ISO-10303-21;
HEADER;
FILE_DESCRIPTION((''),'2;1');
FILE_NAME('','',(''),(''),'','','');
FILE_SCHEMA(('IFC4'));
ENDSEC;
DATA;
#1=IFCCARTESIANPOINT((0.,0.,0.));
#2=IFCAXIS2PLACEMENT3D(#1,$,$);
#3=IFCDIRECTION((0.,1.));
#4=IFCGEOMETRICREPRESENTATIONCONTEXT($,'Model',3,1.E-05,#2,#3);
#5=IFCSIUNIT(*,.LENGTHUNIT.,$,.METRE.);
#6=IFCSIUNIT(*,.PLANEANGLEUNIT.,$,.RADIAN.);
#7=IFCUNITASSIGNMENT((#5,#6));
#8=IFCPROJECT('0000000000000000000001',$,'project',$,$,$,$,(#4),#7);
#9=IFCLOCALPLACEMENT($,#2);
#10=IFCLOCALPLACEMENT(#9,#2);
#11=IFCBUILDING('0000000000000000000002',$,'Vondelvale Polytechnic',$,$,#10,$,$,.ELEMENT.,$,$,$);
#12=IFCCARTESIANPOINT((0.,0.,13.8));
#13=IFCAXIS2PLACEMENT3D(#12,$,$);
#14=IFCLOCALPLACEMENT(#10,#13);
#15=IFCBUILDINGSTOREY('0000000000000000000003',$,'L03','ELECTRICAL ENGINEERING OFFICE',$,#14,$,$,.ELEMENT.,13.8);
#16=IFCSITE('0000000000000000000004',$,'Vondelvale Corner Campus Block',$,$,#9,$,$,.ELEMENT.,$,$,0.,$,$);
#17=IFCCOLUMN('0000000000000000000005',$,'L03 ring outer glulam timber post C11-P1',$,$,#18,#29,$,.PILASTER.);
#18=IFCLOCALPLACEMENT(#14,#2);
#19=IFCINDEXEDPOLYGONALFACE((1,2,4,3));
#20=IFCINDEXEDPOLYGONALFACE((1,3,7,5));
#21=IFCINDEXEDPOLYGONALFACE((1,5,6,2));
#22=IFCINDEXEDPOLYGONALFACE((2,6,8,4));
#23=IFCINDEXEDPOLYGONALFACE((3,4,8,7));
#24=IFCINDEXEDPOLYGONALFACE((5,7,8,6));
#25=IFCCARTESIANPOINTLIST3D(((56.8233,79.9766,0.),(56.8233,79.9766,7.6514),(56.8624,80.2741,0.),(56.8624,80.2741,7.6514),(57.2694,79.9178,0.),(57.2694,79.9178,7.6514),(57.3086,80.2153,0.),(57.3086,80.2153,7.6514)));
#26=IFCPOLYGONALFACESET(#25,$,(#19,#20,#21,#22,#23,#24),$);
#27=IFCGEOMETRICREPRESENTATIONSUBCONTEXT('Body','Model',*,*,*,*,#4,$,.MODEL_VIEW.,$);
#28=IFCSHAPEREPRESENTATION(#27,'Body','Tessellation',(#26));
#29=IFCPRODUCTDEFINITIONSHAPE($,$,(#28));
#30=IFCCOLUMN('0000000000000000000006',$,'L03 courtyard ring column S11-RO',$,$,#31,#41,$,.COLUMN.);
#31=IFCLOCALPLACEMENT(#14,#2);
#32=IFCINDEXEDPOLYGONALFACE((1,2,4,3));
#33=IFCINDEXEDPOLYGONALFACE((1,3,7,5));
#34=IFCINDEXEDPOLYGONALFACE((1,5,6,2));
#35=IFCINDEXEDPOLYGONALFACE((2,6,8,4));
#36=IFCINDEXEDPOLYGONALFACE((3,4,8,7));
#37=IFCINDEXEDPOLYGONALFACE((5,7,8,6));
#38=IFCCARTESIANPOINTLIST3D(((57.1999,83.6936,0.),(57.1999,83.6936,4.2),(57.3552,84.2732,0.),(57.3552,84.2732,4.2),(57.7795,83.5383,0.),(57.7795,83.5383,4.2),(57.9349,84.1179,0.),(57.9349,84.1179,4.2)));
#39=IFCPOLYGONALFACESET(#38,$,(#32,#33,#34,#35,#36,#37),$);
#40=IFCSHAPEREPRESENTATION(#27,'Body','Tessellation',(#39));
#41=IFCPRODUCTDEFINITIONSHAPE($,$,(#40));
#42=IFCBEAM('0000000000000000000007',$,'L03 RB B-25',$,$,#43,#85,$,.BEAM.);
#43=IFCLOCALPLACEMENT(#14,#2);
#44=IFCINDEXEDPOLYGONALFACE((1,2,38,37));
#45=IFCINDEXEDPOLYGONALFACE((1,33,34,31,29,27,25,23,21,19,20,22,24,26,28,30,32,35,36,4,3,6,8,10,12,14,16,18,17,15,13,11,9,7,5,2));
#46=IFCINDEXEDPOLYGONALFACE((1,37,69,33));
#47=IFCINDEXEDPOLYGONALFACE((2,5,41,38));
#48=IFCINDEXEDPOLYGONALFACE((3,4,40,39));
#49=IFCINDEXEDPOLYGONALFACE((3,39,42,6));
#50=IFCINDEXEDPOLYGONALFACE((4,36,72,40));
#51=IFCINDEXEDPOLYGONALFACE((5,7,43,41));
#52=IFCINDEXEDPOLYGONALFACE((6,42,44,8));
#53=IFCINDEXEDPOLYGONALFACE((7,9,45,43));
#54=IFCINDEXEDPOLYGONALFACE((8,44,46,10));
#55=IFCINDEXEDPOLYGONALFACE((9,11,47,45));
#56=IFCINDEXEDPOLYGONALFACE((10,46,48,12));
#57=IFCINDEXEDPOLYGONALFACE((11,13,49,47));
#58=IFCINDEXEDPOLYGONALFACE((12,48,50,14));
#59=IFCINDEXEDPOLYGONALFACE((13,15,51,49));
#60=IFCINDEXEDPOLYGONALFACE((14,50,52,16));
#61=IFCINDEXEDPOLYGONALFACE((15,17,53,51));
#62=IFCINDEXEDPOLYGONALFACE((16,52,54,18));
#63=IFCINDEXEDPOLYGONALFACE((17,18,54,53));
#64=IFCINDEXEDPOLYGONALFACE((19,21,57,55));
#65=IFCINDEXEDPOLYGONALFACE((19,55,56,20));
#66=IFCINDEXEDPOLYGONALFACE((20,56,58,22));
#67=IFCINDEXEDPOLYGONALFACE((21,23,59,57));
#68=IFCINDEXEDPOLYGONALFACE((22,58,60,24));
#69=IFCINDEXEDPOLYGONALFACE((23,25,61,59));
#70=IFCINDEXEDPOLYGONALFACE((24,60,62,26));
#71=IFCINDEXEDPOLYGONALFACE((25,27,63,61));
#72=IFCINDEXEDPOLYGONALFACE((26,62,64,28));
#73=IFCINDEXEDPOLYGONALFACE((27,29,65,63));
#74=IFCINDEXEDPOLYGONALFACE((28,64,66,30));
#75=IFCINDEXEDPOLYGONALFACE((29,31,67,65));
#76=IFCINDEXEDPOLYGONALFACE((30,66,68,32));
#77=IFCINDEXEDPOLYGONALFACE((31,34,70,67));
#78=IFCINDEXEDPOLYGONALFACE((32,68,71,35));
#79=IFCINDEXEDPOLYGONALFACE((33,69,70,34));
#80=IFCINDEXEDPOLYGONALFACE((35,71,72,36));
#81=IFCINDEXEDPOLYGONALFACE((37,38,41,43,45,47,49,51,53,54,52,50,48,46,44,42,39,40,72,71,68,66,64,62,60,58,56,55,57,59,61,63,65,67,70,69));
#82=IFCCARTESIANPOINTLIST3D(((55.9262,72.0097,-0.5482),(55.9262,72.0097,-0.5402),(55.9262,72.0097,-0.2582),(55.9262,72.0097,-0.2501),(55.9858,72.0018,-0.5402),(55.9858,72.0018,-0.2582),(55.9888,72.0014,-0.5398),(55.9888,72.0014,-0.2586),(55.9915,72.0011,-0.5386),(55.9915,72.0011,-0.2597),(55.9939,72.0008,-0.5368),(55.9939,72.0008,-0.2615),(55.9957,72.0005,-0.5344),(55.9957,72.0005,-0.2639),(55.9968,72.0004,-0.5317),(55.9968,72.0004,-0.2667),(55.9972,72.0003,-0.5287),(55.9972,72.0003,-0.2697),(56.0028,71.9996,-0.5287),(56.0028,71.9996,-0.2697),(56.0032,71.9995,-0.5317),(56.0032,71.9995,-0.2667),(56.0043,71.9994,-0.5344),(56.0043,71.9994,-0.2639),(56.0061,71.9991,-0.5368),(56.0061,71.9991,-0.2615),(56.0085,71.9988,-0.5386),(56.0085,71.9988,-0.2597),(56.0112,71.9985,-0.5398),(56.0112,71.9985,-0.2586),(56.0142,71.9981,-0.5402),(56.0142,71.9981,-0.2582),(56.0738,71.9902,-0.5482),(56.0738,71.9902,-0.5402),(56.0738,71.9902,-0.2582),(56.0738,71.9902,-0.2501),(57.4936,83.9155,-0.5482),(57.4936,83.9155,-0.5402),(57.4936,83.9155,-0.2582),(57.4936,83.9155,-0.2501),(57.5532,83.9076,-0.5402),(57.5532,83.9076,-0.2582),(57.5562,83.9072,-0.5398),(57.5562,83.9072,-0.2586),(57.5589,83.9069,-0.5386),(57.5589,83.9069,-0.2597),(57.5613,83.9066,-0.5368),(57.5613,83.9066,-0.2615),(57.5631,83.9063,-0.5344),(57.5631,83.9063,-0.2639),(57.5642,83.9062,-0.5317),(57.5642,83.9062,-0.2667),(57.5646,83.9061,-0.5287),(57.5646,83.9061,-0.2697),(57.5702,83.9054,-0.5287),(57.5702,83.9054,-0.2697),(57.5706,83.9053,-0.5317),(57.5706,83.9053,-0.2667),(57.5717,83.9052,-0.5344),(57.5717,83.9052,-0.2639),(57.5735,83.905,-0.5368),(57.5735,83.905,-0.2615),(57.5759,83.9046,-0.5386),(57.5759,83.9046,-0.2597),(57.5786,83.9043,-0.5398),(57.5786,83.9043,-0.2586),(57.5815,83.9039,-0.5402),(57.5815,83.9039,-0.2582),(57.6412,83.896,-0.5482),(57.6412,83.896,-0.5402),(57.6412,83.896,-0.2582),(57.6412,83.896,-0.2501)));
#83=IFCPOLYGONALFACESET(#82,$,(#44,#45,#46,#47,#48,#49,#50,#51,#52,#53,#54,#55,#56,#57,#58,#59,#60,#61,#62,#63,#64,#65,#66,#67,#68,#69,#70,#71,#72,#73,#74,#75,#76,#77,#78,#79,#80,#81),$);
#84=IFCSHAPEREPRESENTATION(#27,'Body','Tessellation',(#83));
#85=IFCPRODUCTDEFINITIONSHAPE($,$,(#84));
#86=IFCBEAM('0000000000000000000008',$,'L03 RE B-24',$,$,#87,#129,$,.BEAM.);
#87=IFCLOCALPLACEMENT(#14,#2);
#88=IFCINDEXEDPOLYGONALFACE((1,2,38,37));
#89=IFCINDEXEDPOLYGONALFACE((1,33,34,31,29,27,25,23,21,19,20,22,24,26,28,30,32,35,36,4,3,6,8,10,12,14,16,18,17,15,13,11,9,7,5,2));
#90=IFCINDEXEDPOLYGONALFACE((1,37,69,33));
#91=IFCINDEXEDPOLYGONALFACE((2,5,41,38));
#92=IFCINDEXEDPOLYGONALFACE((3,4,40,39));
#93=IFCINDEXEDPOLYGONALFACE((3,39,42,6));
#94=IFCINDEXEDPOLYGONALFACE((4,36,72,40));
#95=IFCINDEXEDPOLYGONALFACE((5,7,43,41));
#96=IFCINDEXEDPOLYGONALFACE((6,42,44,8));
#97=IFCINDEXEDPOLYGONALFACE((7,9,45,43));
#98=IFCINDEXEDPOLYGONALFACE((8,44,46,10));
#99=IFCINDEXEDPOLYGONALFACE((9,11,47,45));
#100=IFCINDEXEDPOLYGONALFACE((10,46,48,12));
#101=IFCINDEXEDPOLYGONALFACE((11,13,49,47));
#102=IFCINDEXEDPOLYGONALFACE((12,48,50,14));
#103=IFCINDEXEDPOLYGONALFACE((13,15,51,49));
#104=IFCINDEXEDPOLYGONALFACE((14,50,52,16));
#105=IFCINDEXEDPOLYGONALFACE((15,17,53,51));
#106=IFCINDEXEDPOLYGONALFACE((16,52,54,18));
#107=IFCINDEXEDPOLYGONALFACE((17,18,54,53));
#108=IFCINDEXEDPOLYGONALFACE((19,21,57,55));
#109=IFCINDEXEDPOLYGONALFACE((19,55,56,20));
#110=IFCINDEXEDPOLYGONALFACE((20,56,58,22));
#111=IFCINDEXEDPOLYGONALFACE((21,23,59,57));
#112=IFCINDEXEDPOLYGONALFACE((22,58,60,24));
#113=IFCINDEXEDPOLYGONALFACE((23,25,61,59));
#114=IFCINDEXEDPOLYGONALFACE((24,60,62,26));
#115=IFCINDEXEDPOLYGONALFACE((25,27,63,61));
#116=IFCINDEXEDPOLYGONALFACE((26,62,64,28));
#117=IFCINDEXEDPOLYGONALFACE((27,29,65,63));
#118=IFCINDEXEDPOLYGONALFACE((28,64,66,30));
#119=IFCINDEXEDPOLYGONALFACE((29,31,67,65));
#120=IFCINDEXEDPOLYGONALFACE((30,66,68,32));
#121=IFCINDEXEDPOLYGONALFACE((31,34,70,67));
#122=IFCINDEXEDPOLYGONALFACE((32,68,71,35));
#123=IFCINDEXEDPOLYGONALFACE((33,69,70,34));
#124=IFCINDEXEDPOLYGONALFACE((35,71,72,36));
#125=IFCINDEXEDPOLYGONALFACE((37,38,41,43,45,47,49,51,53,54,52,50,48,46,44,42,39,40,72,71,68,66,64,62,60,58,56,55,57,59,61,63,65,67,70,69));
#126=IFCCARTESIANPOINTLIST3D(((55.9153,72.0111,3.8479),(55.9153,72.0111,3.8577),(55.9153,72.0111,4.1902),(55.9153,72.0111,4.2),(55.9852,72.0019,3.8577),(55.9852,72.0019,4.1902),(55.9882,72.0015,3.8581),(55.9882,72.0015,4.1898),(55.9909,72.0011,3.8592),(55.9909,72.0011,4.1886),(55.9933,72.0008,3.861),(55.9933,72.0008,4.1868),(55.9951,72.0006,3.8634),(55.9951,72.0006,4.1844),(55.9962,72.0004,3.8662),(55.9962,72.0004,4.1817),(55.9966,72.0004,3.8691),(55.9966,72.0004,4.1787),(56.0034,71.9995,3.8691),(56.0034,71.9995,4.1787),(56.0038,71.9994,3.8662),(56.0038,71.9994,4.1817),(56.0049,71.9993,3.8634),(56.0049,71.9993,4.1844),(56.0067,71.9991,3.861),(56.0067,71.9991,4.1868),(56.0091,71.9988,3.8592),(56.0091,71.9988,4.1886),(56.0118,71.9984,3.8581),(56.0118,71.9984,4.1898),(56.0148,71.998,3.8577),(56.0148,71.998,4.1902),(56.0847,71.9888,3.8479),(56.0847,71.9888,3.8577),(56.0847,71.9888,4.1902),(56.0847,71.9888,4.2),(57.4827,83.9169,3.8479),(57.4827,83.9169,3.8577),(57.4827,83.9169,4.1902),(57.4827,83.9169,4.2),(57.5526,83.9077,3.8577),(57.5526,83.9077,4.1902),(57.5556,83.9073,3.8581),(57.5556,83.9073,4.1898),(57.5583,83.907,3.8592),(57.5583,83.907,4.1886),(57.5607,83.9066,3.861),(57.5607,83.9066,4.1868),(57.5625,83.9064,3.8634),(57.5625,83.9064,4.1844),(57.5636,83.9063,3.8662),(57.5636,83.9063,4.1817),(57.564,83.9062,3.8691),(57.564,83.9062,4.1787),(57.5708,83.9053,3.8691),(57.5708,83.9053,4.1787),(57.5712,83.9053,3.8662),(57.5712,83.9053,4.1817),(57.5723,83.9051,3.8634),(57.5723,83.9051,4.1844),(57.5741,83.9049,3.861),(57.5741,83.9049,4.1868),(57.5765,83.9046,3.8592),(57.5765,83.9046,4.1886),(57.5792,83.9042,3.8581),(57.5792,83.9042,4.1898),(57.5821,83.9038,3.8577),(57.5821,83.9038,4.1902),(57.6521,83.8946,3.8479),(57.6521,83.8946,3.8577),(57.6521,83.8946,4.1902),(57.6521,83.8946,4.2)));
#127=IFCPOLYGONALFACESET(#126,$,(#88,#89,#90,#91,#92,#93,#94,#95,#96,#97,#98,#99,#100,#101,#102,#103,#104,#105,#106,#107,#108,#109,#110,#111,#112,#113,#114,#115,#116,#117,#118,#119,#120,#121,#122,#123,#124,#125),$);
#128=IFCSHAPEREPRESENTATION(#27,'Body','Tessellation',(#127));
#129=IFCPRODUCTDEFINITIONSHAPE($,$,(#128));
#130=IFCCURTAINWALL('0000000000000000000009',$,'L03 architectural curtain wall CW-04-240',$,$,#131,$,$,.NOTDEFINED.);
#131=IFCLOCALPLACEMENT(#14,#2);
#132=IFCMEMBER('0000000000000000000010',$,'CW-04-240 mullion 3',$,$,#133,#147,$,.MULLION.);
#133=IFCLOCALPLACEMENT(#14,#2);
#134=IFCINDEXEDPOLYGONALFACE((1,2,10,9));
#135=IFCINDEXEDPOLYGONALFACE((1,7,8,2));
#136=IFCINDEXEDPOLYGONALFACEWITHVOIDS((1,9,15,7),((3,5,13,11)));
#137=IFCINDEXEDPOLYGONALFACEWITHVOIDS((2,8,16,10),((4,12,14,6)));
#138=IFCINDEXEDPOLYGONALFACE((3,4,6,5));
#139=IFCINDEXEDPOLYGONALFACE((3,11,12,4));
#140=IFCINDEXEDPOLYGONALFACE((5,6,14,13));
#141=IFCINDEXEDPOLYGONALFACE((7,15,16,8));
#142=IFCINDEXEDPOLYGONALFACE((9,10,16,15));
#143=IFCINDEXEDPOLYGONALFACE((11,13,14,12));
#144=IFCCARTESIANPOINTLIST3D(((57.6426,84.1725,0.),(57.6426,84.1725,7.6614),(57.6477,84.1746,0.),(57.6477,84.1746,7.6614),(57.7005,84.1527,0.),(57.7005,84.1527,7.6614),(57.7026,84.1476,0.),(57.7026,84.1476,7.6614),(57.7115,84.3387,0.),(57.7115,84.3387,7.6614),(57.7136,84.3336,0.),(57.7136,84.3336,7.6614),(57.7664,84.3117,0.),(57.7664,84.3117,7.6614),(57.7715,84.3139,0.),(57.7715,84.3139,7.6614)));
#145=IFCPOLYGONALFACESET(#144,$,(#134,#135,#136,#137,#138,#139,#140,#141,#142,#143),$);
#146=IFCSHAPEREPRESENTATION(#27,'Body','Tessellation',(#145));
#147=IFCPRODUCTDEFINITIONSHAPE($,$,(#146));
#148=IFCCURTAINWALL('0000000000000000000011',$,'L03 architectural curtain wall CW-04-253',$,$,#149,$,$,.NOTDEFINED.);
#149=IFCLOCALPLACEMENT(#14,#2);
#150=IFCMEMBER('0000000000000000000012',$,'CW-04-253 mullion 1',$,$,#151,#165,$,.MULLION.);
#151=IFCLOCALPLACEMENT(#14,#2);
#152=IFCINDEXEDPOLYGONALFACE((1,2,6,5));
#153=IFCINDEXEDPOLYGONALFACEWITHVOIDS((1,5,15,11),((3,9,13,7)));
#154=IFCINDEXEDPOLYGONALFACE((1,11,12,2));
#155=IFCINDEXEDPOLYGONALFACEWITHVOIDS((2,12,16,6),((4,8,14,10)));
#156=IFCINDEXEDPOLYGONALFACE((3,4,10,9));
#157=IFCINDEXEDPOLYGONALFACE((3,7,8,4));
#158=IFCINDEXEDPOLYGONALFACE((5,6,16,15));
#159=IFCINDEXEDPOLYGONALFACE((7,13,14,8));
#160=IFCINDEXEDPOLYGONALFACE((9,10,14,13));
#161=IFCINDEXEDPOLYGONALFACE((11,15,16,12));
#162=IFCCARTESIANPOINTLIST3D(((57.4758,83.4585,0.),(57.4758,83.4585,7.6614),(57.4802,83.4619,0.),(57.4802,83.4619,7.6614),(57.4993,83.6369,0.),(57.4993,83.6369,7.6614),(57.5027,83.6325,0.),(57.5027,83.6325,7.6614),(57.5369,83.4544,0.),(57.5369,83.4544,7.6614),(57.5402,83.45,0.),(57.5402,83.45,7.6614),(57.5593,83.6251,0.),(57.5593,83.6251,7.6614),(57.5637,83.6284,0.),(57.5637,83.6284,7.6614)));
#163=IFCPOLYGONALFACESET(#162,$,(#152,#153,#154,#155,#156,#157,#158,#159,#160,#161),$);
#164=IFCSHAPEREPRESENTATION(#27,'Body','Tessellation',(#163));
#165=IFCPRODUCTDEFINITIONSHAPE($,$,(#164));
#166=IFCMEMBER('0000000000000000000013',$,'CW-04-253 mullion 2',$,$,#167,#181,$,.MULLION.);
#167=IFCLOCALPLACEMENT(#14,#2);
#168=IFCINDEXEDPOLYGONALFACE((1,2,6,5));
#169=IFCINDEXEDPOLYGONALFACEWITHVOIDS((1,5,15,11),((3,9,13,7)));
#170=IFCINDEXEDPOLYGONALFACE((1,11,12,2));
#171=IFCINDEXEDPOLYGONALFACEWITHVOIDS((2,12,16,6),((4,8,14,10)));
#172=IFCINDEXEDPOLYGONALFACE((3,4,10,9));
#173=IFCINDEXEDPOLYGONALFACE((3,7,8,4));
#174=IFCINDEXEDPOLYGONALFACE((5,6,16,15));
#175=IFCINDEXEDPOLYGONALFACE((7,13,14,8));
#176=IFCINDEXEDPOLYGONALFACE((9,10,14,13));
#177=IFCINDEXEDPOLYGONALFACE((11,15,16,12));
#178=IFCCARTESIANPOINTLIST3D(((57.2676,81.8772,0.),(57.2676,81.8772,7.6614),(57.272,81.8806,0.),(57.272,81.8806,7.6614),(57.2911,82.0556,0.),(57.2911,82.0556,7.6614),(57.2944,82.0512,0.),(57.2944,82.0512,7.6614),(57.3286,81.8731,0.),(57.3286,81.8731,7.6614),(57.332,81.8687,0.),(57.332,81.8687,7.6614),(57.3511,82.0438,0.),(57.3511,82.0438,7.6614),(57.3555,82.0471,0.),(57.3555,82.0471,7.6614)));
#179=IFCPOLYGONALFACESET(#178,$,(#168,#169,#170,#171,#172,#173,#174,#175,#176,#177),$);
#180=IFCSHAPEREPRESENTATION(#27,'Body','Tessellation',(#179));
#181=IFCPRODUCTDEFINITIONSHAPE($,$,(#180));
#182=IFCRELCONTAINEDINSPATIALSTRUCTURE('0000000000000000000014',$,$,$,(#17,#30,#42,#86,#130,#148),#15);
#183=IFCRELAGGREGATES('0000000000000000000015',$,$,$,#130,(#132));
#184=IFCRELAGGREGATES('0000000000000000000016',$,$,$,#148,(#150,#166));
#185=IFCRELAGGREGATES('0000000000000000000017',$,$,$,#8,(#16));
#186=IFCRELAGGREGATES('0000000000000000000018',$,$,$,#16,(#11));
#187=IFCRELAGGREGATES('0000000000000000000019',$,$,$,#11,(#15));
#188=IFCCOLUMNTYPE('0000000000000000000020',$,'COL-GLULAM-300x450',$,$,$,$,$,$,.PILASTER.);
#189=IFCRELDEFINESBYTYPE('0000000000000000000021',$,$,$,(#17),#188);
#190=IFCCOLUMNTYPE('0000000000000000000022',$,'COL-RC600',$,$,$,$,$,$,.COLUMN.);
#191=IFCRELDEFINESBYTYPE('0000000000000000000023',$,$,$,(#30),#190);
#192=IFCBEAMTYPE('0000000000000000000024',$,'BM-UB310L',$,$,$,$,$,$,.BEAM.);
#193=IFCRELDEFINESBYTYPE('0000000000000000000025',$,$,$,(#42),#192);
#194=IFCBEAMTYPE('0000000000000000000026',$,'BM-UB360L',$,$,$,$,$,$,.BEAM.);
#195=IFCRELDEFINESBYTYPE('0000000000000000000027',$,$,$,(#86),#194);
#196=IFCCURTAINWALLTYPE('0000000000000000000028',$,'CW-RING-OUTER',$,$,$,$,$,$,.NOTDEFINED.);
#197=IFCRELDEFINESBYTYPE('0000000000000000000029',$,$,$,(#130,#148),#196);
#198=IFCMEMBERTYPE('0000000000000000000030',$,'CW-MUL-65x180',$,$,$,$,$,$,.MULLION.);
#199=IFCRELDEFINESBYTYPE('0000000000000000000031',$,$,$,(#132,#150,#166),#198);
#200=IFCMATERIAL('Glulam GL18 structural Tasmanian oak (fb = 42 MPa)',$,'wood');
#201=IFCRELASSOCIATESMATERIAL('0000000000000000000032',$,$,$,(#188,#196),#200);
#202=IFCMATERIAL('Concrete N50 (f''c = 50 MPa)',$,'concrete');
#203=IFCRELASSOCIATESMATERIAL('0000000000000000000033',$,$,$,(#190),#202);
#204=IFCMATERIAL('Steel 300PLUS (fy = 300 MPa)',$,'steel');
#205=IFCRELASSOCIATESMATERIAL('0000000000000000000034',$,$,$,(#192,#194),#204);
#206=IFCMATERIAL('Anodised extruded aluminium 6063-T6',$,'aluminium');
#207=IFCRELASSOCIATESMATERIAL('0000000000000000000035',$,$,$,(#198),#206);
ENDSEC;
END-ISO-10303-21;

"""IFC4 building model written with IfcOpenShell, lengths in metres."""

from ifc_helpers import new_model, si_unit, direction, frame, origin, origin_2d, place, context, subcontext, project, spatial, rectangle, hollow_rectangle, i_section, extrude, material, material_profile, profile_set, type_object, element, aggregate, save


model = new_model("IFC4")

# Units and contexts
model_context = context("Model", 3, precision=1e-05, world=origin(), true_north=direction((0.0, 1.0)))
body_context = subcontext(model_context, "Body", "Model", "MODEL_VIEW")
ifc_project = project(units=[si_unit("LENGTHUNIT", "METRE"), si_unit("PLANEANGLEUNIT", "RADIAN")], contexts=[model_context])

# Site, building, storey
site_placement = place(None, origin())
site = spatial("IfcSite", under=ifc_project, at=site_placement, Name="Vondelvale Corner Campus Block", CompositionType="ELEMENT", RefElevation=0.0)
building_placement = place(site_placement, origin())
building = spatial("IfcBuilding", under=site, at=building_placement, Name="Vondelvale Polytechnic", CompositionType="ELEMENT")
storey_placement = place(building_placement, frame((0.0, 0.0, 13.8)))
storey = spatial("IfcBuildingStorey", under=building, at=storey_placement, Name="L03", Description="ELECTRICAL ENGINEERING OFFICE", CompositionType="ELEMENT", Elevation=13.8)

# Columns
ifc_material_1 = material(Name="Glulam GL18 structural Tasmanian oak (fb = 42 MPa)", Category="wood")
ifc_material_profile_1 = material_profile(ifc_material_1, rectangle(XDim=0.3, YDim=0.45, at=origin_2d()), Name="GL-POST-300x450")
ifc_profile_set_1 = profile_set([ifc_material_profile_1], Name="Glulam GL18 structural Tasmanian oak (fb = 42 MPa)")
column_type_1 = type_object("IfcColumnType", Name="COL-GLULAM-300x450", PredefinedType="PILASTER", material=ifc_profile_set_1)
column_1_placement = place(storey_placement, frame((57.0659, 80.0959, 0.0), z_axis=(0.0, 0.0, 1.0), x_axis=(0.130526, 0.991445, 0.0)))
element("IfcColumn", 1, at=column_1_placement, inside=storey, type_object=column_type_1, Name="L03 ring outer glulam timber post C11-P1", PredefinedType="PILASTER", context=body_context, shape_type="SweptSolid", body=[
    extrude(rectangle(XDim=0.3, YDim=0.45, at=origin_2d()), origin(), (0.0, 0.0, 1.0), 7.6514),
])
ifc_material_2 = material(Name="Concrete N50 (f'c = 50 MPa)", Category="concrete")
ifc_material_profile_2 = material_profile(ifc_material_2, rectangle(XDim=0.6001, YDim=0.6001, at=origin_2d()), Name="RC-COL-600x600")
ifc_profile_set_2 = profile_set([ifc_material_profile_2], Name="Concrete N50 (f'c = 50 MPa)")
column_type_2 = type_object("IfcColumnType", Name="COL-RC600", PredefinedType="COLUMN", material=ifc_profile_set_2)
column_2_placement = place(storey_placement, frame((57.5674, 83.9058, 0.0), z_axis=(0.0, 0.0, 1.0), x_axis=(-0.965926, 0.258819, 0.0)))
element("IfcColumn", 2, at=column_2_placement, inside=storey, type_object=column_type_2, Name="L03 courtyard ring column S11-RO", PredefinedType="COLUMN", context=body_context, shape_type="SweptSolid", body=[
    extrude(rectangle(XDim=0.6001, YDim=0.6001, at=origin_2d()), origin(), (0.0, 0.0, 1.0), 4.2),
])

# Beams
ifc_material_3 = material(Name="Steel 300PLUS (fy = 300 MPa)", Category="steel")
ifc_material_profile_3 = material_profile(ifc_material_3, i_section(OverallWidth=0.1489, OverallDepth=0.2981, WebThickness=0.0056, FlangeThickness=0.0081, FilletRadius=0.0115, at=origin_2d()), Name="310UB32.0")
ifc_profile_set_3 = profile_set([ifc_material_profile_3], Name="Steel 300PLUS (fy = 300 MPa)")
beam_type_1 = type_object("IfcBeamType", Name="BM-UB310L", PredefinedType="BEAM", material=ifc_profile_set_3)
beam_1_placement = place(storey_placement, frame((57.5674, 83.9058, -0.3992), z_axis=(-0.130523, -0.991445, 0.0), x_axis=(0.991445, -0.130523, 0.0)))
element("IfcBeam", 3, at=beam_1_placement, inside=storey, type_object=beam_type_1, Name="L03 RB B-25", PredefinedType="BEAM", context=body_context, shape_type="SweptSolid", body=[
    extrude(i_section(OverallWidth=0.1489, OverallDepth=0.2981, WebThickness=0.0056, FlangeThickness=0.0081, FilletRadius=0.0115, at=origin_2d()), origin(), (0.0, 0.0, 1.0), 12.0085),
])
ifc_material_profile_4 = material_profile(ifc_material_3, i_section(OverallWidth=0.1709, OverallDepth=0.3521, WebThickness=0.0068, FlangeThickness=0.0098, FilletRadius=0.0115, at=origin_2d()), Name="360UB44.7")
ifc_profile_set_4 = profile_set([ifc_material_profile_4], Name="Steel 300PLUS (fy = 300 MPa)")
beam_type_2 = type_object("IfcBeamType", Name="BM-UB360L", PredefinedType="BEAM", material=ifc_profile_set_4)
beam_2_placement = place(storey_placement, frame((57.5674, 83.9058, 4.0239), z_axis=(-0.130523, -0.991445, 0.0), x_axis=(0.991445, -0.130523, 0.0)))
element("IfcBeam", 4, at=beam_2_placement, inside=storey, type_object=beam_type_2, Name="L03 RE B-24", PredefinedType="BEAM", context=body_context, shape_type="SweptSolid", body=[
    extrude(i_section(OverallWidth=0.1709, OverallDepth=0.3521, WebThickness=0.0068, FlangeThickness=0.0098, FilletRadius=0.0115, at=origin_2d()), origin(), (0.0, 0.0, 1.0), 12.0085),
])

# Curtain wall, member
curtain_wall_type = type_object("IfcCurtainWallType", Name="CW-RING-OUTER", PredefinedType="NOTDEFINED", material=ifc_material_1)
curtain_wall_1_placement = place(storey_placement, origin())
curtain_wall_1 = element("IfcCurtainWall", 5, at=curtain_wall_1_placement, inside=storey, type_object=curtain_wall_type, Name="L03 architectural curtain wall CW-04-240", PredefinedType="NOTDEFINED")
ifc_material_4 = material(Name="Anodised extruded aluminium 6063-T6", Category="aluminium")
ifc_material_profile_5 = material_profile(ifc_material_4, hollow_rectangle(XDim=0.0649, YDim=0.1799, WallThickness=0.0039, at=origin_2d()), Name="CW-MUL-180x65")
ifc_profile_set_5 = profile_set([ifc_material_profile_5], Name="Anodised extruded aluminium 6063-T6")
member_type_1 = type_object("IfcMemberType", Name="CW-MUL-65x180", PredefinedType="MULLION", material=ifc_profile_set_5)
member_1_placement = place(storey_placement, frame((57.707, 84.2432, 0.0), z_axis=(0.0, 0.0, 1.0), x_axis=(0.923882, -0.382677, 0.0)))
member_1 = element("IfcMember", 6, at=member_1_placement, type_object=member_type_1, Name="CW-04-240 mullion 3", PredefinedType="MULLION", context=body_context, shape_type="SweptSolid", body=[
    extrude(hollow_rectangle(XDim=0.0649, YDim=0.1799, WallThickness=0.0039, at=origin_2d()), origin(), (0.0, 0.0, 1.0), 7.6614),
])
aggregate(curtain_wall_1, [member_1])

# Curtain wall, members
curtain_wall_2_placement = place(storey_placement, origin())
curtain_wall_2 = element("IfcCurtainWall", 7, at=curtain_wall_2_placement, inside=storey, type_object=curtain_wall_type, Name="L03 architectural curtain wall CW-04-253", PredefinedType="NOTDEFINED")
member_2_placement = place(storey_placement, frame((57.5198, 83.5435, 0.0), z_axis=(0.0, 0.0, 1.0), x_axis=(0.991443, -0.13054, 0.0)))
member_2 = element("IfcMember", 8, at=member_2_placement, type_object=member_type_1, Name="CW-04-253 mullion 1", PredefinedType="MULLION", context=body_context, shape_type="SweptSolid", body=[
    extrude(hollow_rectangle(XDim=0.0649, YDim=0.1799, WallThickness=0.0039, at=origin_2d()), origin(), (0.0, 0.0, 1.0), 7.6614),
])
member_3_placement = place(storey_placement, frame((57.3115, 81.9622, 0.0), z_axis=(0.0, 0.0, 1.0), x_axis=(0.991443, -0.13054, 0.0)))
member_3 = element("IfcMember", 9, at=member_3_placement, type_object=member_type_1, Name="CW-04-253 mullion 2", PredefinedType="MULLION", context=body_context, shape_type="SweptSolid", body=[
    extrude(hollow_rectangle(XDim=0.0649, YDim=0.1799, WallThickness=0.0039, at=origin_2d()), origin(), (0.0, 0.0, 1.0), 7.6614),
])

aggregate(curtain_wall_2, [member_2, member_3])

save(model, "model.ifc")
